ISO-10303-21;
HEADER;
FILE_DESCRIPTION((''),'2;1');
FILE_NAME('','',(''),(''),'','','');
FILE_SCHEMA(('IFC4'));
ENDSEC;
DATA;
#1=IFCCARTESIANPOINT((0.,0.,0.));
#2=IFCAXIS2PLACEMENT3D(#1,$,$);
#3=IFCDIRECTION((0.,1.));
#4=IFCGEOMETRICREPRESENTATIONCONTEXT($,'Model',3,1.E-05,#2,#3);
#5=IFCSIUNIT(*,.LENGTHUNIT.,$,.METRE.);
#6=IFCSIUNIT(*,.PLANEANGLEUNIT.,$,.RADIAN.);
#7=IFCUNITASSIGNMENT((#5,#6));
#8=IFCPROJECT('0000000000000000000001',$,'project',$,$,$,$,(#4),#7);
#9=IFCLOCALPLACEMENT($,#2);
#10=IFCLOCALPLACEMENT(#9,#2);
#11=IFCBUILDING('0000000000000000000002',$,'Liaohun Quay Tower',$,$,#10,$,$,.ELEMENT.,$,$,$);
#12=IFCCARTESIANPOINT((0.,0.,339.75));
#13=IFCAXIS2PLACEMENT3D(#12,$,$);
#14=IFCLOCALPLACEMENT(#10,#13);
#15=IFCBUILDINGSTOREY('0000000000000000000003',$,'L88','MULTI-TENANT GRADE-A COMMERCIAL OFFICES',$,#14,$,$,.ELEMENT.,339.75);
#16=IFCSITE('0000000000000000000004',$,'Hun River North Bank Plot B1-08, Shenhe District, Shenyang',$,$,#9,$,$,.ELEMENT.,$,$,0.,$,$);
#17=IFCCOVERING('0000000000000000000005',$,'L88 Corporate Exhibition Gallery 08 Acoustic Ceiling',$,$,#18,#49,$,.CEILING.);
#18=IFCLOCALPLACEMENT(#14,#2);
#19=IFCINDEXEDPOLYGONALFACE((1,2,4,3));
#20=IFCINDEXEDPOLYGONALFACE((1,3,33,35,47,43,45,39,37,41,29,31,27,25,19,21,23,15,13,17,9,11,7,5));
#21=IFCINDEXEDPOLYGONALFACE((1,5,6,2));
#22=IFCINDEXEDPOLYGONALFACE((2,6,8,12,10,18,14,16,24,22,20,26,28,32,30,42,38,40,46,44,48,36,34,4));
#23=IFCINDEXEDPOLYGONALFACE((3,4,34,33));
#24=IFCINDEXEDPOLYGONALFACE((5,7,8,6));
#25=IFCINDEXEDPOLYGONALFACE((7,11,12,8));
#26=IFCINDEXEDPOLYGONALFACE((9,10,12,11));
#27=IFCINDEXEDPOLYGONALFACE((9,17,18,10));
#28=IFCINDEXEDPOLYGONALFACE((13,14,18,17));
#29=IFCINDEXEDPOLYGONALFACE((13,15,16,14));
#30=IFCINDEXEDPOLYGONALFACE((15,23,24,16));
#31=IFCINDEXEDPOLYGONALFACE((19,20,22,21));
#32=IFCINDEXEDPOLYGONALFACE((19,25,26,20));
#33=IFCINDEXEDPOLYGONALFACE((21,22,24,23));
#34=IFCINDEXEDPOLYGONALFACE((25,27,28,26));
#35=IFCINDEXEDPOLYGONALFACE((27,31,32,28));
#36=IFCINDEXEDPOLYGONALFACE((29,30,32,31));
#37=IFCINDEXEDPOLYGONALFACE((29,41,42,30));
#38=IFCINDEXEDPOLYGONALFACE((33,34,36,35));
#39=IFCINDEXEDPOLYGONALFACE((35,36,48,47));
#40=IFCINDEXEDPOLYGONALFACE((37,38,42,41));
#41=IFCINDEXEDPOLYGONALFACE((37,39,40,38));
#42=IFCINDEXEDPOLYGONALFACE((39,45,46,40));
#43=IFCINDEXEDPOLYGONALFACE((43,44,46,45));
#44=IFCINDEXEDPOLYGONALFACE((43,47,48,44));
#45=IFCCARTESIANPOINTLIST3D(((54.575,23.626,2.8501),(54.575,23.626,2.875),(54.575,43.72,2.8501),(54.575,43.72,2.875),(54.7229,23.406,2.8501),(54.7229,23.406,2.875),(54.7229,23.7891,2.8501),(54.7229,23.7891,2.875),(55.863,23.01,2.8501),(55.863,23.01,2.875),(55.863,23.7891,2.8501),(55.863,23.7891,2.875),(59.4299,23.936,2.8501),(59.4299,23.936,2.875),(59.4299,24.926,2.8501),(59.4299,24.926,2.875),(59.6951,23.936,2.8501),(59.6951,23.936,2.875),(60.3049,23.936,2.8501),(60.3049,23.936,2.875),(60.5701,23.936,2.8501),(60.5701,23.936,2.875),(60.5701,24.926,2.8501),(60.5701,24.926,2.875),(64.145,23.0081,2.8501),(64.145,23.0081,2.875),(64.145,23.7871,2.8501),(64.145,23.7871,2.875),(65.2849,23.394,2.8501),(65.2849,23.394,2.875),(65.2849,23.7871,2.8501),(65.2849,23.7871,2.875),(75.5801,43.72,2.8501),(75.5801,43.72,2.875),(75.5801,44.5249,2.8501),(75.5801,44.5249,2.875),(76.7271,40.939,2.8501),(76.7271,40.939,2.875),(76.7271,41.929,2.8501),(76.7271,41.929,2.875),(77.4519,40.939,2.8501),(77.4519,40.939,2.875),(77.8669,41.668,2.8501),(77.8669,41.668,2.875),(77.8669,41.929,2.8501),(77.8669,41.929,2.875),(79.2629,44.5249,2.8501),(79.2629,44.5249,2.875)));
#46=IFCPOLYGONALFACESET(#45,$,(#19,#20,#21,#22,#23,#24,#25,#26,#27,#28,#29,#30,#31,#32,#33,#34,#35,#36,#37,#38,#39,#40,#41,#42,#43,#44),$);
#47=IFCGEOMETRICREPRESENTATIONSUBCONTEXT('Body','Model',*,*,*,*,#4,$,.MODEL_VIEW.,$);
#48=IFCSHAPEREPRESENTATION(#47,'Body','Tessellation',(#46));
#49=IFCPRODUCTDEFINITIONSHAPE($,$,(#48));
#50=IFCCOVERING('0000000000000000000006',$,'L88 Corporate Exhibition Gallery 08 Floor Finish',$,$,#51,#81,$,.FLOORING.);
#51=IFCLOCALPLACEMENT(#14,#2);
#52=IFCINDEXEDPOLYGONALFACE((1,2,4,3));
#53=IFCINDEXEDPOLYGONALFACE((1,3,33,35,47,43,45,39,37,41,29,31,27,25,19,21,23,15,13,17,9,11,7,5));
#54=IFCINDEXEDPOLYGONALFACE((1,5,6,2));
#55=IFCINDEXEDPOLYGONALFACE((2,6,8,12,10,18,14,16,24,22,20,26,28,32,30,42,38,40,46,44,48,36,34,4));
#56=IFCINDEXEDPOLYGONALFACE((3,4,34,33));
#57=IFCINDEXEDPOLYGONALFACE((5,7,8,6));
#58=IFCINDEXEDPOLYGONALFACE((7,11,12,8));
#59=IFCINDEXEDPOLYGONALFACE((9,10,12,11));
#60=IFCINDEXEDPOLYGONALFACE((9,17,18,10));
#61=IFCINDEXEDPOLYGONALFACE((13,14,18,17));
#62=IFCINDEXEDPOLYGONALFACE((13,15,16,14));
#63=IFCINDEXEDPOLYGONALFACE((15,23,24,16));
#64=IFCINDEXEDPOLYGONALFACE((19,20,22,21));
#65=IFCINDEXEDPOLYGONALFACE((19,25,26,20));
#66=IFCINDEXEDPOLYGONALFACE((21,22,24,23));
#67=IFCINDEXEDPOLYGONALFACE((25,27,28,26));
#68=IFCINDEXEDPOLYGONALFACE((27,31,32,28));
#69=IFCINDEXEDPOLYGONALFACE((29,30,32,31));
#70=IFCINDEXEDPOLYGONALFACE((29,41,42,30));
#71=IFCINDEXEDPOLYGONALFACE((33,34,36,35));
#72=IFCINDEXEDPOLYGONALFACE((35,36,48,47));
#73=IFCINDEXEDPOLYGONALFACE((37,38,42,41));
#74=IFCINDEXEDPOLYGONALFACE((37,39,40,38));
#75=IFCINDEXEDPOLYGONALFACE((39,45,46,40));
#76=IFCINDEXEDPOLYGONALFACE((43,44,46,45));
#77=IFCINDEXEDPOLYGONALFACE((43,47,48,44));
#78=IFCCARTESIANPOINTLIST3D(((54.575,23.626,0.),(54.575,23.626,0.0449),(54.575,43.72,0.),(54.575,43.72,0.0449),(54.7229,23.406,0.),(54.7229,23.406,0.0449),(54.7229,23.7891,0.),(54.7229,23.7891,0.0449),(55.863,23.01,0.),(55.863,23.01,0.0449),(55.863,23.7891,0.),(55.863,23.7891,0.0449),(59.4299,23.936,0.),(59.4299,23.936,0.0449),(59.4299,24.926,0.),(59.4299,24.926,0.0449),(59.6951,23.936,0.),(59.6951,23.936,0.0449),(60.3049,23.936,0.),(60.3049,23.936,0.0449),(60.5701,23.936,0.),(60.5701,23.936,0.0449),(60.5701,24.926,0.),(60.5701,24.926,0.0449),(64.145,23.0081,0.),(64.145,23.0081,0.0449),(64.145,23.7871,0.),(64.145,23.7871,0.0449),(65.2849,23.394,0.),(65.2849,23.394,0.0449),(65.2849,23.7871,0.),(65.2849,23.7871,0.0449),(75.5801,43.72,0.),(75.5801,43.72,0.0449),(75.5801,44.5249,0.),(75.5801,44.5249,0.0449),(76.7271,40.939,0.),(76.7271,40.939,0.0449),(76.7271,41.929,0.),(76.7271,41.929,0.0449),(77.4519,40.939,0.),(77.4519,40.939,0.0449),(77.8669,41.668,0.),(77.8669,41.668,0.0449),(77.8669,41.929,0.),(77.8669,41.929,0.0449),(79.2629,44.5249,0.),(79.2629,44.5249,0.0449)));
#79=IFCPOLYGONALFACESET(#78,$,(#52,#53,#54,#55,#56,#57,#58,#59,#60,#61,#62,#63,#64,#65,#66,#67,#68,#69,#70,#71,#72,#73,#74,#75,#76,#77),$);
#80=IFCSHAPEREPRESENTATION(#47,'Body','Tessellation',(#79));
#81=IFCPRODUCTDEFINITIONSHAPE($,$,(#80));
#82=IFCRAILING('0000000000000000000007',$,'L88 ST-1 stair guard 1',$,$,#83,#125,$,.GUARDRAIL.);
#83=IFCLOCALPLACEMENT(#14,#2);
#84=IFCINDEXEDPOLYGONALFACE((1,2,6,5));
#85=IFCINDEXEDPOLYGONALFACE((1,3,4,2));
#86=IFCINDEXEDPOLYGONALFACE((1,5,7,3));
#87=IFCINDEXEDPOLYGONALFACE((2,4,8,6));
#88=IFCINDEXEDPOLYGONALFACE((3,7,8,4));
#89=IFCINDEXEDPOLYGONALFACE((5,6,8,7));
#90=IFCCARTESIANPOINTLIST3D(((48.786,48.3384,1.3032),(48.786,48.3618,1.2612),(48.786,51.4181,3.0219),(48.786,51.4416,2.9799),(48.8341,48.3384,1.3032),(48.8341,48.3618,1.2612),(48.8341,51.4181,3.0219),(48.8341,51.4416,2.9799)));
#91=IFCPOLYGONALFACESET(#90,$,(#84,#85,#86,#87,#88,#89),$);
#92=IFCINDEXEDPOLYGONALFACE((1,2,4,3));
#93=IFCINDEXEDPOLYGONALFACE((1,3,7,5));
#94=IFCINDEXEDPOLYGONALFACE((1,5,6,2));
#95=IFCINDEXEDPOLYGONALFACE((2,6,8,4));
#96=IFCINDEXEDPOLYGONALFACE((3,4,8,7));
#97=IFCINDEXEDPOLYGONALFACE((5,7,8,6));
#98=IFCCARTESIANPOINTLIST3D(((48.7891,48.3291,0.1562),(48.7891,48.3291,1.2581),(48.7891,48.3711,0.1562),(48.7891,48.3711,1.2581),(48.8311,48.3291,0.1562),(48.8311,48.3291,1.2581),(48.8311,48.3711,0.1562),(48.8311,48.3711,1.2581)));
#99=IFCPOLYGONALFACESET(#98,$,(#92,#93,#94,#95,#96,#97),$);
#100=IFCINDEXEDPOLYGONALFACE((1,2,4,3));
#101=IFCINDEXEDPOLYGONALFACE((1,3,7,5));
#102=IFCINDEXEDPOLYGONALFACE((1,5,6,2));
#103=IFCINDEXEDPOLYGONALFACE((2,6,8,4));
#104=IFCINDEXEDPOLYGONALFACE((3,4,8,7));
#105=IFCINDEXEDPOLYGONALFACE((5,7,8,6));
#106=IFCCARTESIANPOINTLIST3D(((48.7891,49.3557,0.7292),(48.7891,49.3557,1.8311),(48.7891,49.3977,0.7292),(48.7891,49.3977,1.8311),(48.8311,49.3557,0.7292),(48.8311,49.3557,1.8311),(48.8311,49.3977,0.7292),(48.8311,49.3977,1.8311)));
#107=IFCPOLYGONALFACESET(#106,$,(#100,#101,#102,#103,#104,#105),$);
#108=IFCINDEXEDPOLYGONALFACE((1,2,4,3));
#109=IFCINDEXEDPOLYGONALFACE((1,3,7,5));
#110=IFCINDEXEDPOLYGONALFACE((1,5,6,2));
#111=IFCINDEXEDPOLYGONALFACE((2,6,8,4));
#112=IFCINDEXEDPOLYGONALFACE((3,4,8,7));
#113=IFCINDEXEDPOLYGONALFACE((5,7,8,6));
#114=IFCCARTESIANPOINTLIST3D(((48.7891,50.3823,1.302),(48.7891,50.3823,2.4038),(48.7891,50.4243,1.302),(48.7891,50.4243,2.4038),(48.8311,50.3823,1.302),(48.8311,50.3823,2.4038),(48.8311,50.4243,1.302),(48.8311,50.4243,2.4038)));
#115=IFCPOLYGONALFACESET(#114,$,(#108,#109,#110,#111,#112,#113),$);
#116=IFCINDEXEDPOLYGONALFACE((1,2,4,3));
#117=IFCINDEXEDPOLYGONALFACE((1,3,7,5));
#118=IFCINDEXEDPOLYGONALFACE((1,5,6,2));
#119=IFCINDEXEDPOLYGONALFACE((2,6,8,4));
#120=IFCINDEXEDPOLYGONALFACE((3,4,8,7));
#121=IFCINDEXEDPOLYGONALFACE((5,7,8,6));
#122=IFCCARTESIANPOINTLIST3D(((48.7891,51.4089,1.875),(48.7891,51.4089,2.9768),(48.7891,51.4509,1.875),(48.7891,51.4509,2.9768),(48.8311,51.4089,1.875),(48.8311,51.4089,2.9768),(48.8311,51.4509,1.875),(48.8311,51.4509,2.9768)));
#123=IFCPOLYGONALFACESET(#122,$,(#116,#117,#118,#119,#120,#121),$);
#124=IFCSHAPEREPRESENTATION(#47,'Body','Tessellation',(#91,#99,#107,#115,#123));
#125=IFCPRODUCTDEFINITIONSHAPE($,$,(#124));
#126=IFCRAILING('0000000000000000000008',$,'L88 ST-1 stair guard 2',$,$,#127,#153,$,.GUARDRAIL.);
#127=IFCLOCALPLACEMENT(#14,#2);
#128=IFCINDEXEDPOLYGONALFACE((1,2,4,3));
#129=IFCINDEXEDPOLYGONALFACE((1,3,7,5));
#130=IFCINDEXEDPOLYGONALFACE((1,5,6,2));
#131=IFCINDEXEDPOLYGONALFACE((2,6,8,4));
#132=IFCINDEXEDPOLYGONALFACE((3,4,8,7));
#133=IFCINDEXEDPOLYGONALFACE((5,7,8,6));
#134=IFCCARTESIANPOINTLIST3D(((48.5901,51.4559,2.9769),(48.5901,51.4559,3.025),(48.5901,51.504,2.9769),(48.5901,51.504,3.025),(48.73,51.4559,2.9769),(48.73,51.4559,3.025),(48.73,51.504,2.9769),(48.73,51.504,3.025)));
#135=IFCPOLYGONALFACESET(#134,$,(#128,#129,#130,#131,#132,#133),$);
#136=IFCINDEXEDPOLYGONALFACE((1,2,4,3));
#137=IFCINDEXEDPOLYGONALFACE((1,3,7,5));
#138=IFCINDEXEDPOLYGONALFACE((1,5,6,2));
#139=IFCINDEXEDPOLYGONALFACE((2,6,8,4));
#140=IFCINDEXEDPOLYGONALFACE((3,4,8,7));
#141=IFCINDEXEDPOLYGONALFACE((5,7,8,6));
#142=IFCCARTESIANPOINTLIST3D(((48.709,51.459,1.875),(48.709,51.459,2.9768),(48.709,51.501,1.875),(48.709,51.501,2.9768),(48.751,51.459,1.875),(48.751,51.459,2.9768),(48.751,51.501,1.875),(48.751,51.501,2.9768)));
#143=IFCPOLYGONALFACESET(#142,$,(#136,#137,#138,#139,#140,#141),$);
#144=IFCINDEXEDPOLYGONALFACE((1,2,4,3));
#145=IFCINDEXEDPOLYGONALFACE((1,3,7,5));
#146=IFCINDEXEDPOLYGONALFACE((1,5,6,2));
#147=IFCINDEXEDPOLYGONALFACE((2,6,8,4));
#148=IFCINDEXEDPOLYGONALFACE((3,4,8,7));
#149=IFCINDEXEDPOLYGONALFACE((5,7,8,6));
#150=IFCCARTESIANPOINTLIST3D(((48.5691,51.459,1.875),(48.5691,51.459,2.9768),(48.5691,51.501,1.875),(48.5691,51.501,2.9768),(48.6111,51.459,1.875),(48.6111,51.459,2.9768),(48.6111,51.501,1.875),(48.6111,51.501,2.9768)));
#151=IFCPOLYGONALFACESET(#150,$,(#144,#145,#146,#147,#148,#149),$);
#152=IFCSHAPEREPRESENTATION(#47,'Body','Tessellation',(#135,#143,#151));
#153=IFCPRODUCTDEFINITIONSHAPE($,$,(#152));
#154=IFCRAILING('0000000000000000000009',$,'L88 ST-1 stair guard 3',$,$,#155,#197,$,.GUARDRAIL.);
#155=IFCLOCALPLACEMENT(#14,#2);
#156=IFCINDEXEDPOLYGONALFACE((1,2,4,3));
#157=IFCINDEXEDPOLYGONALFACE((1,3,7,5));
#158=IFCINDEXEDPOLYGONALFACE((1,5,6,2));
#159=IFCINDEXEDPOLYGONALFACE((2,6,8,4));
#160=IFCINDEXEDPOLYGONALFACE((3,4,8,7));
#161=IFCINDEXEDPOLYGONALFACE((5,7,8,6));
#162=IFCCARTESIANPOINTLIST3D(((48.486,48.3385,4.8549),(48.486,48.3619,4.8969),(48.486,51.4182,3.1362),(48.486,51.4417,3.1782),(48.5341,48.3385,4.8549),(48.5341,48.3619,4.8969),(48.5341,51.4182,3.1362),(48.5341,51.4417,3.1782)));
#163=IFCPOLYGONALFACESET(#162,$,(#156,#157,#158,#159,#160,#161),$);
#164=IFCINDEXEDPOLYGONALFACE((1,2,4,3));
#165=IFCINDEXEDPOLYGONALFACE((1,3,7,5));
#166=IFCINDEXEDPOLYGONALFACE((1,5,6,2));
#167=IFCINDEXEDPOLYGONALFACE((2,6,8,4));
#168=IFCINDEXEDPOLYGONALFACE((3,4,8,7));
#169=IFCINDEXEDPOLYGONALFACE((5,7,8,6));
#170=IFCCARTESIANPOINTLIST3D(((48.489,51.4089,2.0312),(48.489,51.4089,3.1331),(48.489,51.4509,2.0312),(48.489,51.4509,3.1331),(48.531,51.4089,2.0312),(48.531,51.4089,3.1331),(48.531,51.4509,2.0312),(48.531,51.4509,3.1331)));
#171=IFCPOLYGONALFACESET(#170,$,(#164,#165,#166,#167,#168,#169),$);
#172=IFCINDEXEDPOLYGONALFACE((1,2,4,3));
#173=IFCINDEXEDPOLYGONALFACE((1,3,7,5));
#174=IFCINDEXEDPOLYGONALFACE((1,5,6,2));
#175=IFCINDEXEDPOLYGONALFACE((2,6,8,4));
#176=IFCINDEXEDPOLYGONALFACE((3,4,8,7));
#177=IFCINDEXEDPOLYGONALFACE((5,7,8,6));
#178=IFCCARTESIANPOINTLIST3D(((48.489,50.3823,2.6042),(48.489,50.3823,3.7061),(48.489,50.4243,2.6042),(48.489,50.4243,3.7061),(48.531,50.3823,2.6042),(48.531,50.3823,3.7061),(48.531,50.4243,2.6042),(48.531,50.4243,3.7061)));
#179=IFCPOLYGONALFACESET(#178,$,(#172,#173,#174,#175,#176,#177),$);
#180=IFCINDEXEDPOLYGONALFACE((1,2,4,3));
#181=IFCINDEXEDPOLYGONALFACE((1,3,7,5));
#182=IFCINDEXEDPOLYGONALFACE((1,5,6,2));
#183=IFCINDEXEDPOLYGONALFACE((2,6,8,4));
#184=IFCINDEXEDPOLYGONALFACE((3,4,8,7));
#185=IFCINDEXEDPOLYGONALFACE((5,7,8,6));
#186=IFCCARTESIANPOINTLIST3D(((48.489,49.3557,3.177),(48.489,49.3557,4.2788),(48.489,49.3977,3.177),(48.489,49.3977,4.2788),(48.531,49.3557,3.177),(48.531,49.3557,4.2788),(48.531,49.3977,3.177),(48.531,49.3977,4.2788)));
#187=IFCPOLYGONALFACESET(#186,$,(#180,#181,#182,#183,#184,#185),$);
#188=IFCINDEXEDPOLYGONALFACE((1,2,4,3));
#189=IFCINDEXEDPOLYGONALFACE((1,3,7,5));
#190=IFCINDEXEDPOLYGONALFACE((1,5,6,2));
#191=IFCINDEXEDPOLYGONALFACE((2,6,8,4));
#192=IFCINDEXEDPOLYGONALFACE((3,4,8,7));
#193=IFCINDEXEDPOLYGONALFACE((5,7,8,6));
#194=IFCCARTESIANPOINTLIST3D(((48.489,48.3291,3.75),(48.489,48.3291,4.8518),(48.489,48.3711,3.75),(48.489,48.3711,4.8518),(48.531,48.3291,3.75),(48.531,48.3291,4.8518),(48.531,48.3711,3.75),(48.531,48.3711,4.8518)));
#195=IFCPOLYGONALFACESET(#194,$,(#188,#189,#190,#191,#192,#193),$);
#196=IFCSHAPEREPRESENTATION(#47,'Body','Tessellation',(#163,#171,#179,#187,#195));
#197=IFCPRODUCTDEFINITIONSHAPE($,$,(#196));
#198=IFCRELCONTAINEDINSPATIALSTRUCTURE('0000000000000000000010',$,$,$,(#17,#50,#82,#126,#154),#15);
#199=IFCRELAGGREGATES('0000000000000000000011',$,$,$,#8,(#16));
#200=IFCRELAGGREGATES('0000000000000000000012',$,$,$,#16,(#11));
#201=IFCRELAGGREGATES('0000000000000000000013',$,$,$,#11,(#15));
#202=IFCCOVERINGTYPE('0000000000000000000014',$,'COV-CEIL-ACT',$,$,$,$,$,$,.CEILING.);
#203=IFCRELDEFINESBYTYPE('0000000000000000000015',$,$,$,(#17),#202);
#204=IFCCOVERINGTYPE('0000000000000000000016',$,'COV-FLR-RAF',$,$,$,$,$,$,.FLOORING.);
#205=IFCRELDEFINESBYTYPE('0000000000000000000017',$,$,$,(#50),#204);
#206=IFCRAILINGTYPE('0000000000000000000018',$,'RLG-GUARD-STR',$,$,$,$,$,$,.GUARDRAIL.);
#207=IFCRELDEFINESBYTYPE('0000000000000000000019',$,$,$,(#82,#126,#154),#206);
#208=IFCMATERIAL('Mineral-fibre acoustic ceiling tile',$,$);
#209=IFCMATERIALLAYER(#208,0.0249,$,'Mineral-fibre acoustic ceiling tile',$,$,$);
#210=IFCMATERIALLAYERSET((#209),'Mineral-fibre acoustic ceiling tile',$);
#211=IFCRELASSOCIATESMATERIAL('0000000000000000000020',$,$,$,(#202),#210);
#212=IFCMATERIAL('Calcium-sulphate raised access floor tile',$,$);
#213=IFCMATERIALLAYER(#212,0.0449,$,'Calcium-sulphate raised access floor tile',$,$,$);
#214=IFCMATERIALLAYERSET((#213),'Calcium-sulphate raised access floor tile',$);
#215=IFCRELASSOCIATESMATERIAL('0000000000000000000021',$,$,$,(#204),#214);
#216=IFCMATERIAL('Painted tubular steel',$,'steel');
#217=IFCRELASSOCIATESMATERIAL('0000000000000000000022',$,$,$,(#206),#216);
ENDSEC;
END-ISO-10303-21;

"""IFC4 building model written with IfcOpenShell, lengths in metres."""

from ifc_helpers import new_model, si_unit, direction, frame, origin, origin_2d, place, context, subcontext, project, spatial, polyline, rectangle, outline, extrude, material, layer, layer_set, type_object, element, save


model = new_model("IFC4")

# Units and contexts
model_context = context("Model", 3, precision=1e-05, world=origin(), true_north=direction((0.0, 1.0)))
body_context = subcontext(model_context, "Body", "Model", "MODEL_VIEW")
ifc_project = project(units=[si_unit("LENGTHUNIT", "METRE"), si_unit("PLANEANGLEUNIT", "RADIAN")], contexts=[model_context])

# Site, building, storey
site_placement = place(None, origin())
site = spatial("IfcSite", under=ifc_project, at=site_placement, Name="Hun River North Bank Plot B1-08, Shenhe District, Shenyang", CompositionType="ELEMENT", RefElevation=0.0)
building_placement = place(site_placement, origin())
building = spatial("IfcBuilding", under=site, at=building_placement, Name="Liaohun Quay Tower", CompositionType="ELEMENT")
storey_placement = place(building_placement, frame((0.0, 0.0, 339.75)))
storey = spatial("IfcBuildingStorey", under=building, at=storey_placement, Name="L88", Description="MULTI-TENANT GRADE-A COMMERCIAL OFFICES", CompositionType="ELEMENT", Elevation=339.75)

# Coverings
ifc_material_1 = material(Name="Mineral-fibre acoustic ceiling tile")
ifc_layer_1 = layer(ifc_material_1, 0.0249, Name="Mineral-fibre acoustic ceiling tile")
ifc_layer_set_1 = layer_set([ifc_layer_1], Name="Mineral-fibre acoustic ceiling tile")
covering_type_1 = type_object("IfcCoveringType", Name="COV-CEIL-ACT", PredefinedType="CEILING", material=ifc_layer_set_1)
covering_1_placement = place(storey_placement, frame((0.0, 0.0, 2.8501)))
element("IfcCovering", 1, at=covering_1_placement, inside=storey, type_object=covering_type_1, Name="L88 Corporate Exhibition Gallery 08 Acoustic Ceiling", PredefinedType="CEILING", context=body_context, shape_type="SweptSolid", body=[
    extrude(outline(polyline([(75.5801, 43.72), (54.575, 43.72), (54.575, 23.626), (54.7229, 23.406), (54.7229, 23.7891), (55.863, 23.7891), (55.863, 23.01), (59.6951, 23.936), (59.4299, 23.936), (59.4299, 24.926), (60.5701, 24.926), (60.5701, 23.936), (60.3049, 23.936), (64.145, 23.0081), (64.145, 23.7871), (65.2849, 23.7871), (65.2849, 23.394), (77.4519, 40.939), (76.7271, 40.939), (76.7271, 41.929), (77.8669, 41.929), (77.8669, 41.668), (79.2629, 44.5249), (75.5801, 44.5249), (75.5801, 43.72)])), origin(), (0.0, 0.0, 1.0), 0.0249),
])
ifc_material_2 = material(Name="Calcium-sulphate raised access floor tile")
ifc_layer_2 = layer(ifc_material_2, 0.0449, Name="Calcium-sulphate raised access floor tile")
ifc_layer_set_2 = layer_set([ifc_layer_2], Name="Calcium-sulphate raised access floor tile")
covering_type_2 = type_object("IfcCoveringType", Name="COV-FLR-RAF", PredefinedType="FLOORING", material=ifc_layer_set_2)
covering_2_placement = place(storey_placement, origin())
element("IfcCovering", 2, at=covering_2_placement, inside=storey, type_object=covering_type_2, Name="L88 Corporate Exhibition Gallery 08 Floor Finish", PredefinedType="FLOORING", context=body_context, shape_type="SweptSolid", body=[
    extrude(outline(polyline([(75.5801, 43.72), (54.575, 43.72), (54.575, 23.626), (54.7229, 23.406), (54.7229, 23.7891), (55.863, 23.7891), (55.863, 23.01), (59.6951, 23.936), (59.4299, 23.936), (59.4299, 24.926), (60.5701, 24.926), (60.5701, 23.936), (60.3049, 23.936), (64.145, 23.0081), (64.145, 23.7871), (65.2849, 23.7871), (65.2849, 23.394), (77.4519, 40.939), (76.7271, 40.939), (76.7271, 41.929), (77.8669, 41.929), (77.8669, 41.668), (79.2629, 44.5249), (75.5801, 44.5249), (75.5801, 43.72)])), origin(), (0.0, 0.0, 1.0), 0.0449),
])

# Railings
ifc_material_3 = material(Name="Painted tubular steel", Category="steel")
railing_type_1 = type_object("IfcRailingType", Name="RLG-GUARD-STR", PredefinedType="GUARDRAIL", material=ifc_material_3)
railing_1_placement = place(storey_placement, frame((48.8101, 48.3501, 0.1562)))
element("IfcRailing", 3, at=railing_1_placement, inside=storey, type_object=railing_type_1, Name="L88 ST-1 stair guard 1", PredefinedType="GUARDRAIL", context=body_context, shape_type="SweptSolid", body=[
    extrude(rectangle(XDim=0.0481, YDim=0.0481, at=origin_2d()), frame((0.0, 0.0, 1.126), z_axis=(0.0, 0.873225, 0.487317), x_axis=(-1.0, 0.0, 0.0)), (0.0, 0.0, 1.0), 3.5269),
    extrude(rectangle(XDim=0.042, YDim=0.042, at=origin_2d()), origin(), (0.0, 0.0, 1.0), 1.1018),
    extrude(rectangle(XDim=0.042, YDim=0.042, at=origin_2d()), frame((0.0, 1.0266, 0.573)), (0.0, 0.0, 1.0), 1.1018),
    extrude(rectangle(XDim=0.042, YDim=0.042, at=origin_2d()), frame((0.0, 2.0532, 1.1458)), (0.0, 0.0, 1.0), 1.1018),
    extrude(rectangle(XDim=0.042, YDim=0.042, at=origin_2d()), frame((0.0, 3.0798, 1.7188)), (0.0, 0.0, 1.0), 1.1018),
])
railing_2_placement = place(storey_placement, frame((48.73, 51.48, 1.875)))
element("IfcRailing", 4, at=railing_2_placement, inside=storey, type_object=railing_type_1, Name="L88 ST-1 stair guard 2", PredefinedType="GUARDRAIL", context=body_context, shape_type="SweptSolid", body=[
    extrude(rectangle(XDim=0.0481, YDim=0.0481, at=origin_2d()), frame((0.0, 0.0, 1.126), z_axis=(-1.0, 0.0, 0.0), x_axis=(0.0, -1.0, 0.0)), (0.0, 0.0, 1.0), 0.1399),
    extrude(rectangle(XDim=0.042, YDim=0.042, at=origin_2d()), origin(), (0.0, 0.0, 1.0), 1.1018),
    extrude(rectangle(XDim=0.042, YDim=0.042, at=origin_2d()), frame((-0.1399, 0.0, 0.0)), (0.0, 0.0, 1.0), 1.1018),
])
railing_3_placement = place(storey_placement, frame((48.51, 51.4299, 2.0312)))
element("IfcRailing", 5, at=railing_3_placement, inside=storey, type_object=railing_type_1, Name="L88 ST-1 stair guard 3", PredefinedType="GUARDRAIL", context=body_context, shape_type="SweptSolid", body=[
    extrude(rectangle(XDim=0.0481, YDim=0.0481, at=origin_2d()), frame((0.0, 0.0, 1.126), z_axis=(0.0, -0.873225, 0.487317), x_axis=(1.0, 0.0, 0.0)), (0.0, 0.0, 1.0), 3.5269),
    extrude(rectangle(XDim=0.042, YDim=0.042, at=origin_2d()), origin(), (0.0, 0.0, 1.0), 1.1018),
    extrude(rectangle(XDim=0.042, YDim=0.042, at=origin_2d()), frame((0.0, -1.0266, 0.573)), (0.0, 0.0, 1.0), 1.1018),
    extrude(rectangle(XDim=0.042, YDim=0.042, at=origin_2d()), frame((0.0, -2.0532, 1.1458)), (0.0, 0.0, 1.0), 1.1018),
    extrude(rectangle(XDim=0.042, YDim=0.042, at=origin_2d()), frame((0.0, -3.0798, 1.7188)), (0.0, 0.0, 1.0), 1.1018),
])

save(model, "model.ifc")
